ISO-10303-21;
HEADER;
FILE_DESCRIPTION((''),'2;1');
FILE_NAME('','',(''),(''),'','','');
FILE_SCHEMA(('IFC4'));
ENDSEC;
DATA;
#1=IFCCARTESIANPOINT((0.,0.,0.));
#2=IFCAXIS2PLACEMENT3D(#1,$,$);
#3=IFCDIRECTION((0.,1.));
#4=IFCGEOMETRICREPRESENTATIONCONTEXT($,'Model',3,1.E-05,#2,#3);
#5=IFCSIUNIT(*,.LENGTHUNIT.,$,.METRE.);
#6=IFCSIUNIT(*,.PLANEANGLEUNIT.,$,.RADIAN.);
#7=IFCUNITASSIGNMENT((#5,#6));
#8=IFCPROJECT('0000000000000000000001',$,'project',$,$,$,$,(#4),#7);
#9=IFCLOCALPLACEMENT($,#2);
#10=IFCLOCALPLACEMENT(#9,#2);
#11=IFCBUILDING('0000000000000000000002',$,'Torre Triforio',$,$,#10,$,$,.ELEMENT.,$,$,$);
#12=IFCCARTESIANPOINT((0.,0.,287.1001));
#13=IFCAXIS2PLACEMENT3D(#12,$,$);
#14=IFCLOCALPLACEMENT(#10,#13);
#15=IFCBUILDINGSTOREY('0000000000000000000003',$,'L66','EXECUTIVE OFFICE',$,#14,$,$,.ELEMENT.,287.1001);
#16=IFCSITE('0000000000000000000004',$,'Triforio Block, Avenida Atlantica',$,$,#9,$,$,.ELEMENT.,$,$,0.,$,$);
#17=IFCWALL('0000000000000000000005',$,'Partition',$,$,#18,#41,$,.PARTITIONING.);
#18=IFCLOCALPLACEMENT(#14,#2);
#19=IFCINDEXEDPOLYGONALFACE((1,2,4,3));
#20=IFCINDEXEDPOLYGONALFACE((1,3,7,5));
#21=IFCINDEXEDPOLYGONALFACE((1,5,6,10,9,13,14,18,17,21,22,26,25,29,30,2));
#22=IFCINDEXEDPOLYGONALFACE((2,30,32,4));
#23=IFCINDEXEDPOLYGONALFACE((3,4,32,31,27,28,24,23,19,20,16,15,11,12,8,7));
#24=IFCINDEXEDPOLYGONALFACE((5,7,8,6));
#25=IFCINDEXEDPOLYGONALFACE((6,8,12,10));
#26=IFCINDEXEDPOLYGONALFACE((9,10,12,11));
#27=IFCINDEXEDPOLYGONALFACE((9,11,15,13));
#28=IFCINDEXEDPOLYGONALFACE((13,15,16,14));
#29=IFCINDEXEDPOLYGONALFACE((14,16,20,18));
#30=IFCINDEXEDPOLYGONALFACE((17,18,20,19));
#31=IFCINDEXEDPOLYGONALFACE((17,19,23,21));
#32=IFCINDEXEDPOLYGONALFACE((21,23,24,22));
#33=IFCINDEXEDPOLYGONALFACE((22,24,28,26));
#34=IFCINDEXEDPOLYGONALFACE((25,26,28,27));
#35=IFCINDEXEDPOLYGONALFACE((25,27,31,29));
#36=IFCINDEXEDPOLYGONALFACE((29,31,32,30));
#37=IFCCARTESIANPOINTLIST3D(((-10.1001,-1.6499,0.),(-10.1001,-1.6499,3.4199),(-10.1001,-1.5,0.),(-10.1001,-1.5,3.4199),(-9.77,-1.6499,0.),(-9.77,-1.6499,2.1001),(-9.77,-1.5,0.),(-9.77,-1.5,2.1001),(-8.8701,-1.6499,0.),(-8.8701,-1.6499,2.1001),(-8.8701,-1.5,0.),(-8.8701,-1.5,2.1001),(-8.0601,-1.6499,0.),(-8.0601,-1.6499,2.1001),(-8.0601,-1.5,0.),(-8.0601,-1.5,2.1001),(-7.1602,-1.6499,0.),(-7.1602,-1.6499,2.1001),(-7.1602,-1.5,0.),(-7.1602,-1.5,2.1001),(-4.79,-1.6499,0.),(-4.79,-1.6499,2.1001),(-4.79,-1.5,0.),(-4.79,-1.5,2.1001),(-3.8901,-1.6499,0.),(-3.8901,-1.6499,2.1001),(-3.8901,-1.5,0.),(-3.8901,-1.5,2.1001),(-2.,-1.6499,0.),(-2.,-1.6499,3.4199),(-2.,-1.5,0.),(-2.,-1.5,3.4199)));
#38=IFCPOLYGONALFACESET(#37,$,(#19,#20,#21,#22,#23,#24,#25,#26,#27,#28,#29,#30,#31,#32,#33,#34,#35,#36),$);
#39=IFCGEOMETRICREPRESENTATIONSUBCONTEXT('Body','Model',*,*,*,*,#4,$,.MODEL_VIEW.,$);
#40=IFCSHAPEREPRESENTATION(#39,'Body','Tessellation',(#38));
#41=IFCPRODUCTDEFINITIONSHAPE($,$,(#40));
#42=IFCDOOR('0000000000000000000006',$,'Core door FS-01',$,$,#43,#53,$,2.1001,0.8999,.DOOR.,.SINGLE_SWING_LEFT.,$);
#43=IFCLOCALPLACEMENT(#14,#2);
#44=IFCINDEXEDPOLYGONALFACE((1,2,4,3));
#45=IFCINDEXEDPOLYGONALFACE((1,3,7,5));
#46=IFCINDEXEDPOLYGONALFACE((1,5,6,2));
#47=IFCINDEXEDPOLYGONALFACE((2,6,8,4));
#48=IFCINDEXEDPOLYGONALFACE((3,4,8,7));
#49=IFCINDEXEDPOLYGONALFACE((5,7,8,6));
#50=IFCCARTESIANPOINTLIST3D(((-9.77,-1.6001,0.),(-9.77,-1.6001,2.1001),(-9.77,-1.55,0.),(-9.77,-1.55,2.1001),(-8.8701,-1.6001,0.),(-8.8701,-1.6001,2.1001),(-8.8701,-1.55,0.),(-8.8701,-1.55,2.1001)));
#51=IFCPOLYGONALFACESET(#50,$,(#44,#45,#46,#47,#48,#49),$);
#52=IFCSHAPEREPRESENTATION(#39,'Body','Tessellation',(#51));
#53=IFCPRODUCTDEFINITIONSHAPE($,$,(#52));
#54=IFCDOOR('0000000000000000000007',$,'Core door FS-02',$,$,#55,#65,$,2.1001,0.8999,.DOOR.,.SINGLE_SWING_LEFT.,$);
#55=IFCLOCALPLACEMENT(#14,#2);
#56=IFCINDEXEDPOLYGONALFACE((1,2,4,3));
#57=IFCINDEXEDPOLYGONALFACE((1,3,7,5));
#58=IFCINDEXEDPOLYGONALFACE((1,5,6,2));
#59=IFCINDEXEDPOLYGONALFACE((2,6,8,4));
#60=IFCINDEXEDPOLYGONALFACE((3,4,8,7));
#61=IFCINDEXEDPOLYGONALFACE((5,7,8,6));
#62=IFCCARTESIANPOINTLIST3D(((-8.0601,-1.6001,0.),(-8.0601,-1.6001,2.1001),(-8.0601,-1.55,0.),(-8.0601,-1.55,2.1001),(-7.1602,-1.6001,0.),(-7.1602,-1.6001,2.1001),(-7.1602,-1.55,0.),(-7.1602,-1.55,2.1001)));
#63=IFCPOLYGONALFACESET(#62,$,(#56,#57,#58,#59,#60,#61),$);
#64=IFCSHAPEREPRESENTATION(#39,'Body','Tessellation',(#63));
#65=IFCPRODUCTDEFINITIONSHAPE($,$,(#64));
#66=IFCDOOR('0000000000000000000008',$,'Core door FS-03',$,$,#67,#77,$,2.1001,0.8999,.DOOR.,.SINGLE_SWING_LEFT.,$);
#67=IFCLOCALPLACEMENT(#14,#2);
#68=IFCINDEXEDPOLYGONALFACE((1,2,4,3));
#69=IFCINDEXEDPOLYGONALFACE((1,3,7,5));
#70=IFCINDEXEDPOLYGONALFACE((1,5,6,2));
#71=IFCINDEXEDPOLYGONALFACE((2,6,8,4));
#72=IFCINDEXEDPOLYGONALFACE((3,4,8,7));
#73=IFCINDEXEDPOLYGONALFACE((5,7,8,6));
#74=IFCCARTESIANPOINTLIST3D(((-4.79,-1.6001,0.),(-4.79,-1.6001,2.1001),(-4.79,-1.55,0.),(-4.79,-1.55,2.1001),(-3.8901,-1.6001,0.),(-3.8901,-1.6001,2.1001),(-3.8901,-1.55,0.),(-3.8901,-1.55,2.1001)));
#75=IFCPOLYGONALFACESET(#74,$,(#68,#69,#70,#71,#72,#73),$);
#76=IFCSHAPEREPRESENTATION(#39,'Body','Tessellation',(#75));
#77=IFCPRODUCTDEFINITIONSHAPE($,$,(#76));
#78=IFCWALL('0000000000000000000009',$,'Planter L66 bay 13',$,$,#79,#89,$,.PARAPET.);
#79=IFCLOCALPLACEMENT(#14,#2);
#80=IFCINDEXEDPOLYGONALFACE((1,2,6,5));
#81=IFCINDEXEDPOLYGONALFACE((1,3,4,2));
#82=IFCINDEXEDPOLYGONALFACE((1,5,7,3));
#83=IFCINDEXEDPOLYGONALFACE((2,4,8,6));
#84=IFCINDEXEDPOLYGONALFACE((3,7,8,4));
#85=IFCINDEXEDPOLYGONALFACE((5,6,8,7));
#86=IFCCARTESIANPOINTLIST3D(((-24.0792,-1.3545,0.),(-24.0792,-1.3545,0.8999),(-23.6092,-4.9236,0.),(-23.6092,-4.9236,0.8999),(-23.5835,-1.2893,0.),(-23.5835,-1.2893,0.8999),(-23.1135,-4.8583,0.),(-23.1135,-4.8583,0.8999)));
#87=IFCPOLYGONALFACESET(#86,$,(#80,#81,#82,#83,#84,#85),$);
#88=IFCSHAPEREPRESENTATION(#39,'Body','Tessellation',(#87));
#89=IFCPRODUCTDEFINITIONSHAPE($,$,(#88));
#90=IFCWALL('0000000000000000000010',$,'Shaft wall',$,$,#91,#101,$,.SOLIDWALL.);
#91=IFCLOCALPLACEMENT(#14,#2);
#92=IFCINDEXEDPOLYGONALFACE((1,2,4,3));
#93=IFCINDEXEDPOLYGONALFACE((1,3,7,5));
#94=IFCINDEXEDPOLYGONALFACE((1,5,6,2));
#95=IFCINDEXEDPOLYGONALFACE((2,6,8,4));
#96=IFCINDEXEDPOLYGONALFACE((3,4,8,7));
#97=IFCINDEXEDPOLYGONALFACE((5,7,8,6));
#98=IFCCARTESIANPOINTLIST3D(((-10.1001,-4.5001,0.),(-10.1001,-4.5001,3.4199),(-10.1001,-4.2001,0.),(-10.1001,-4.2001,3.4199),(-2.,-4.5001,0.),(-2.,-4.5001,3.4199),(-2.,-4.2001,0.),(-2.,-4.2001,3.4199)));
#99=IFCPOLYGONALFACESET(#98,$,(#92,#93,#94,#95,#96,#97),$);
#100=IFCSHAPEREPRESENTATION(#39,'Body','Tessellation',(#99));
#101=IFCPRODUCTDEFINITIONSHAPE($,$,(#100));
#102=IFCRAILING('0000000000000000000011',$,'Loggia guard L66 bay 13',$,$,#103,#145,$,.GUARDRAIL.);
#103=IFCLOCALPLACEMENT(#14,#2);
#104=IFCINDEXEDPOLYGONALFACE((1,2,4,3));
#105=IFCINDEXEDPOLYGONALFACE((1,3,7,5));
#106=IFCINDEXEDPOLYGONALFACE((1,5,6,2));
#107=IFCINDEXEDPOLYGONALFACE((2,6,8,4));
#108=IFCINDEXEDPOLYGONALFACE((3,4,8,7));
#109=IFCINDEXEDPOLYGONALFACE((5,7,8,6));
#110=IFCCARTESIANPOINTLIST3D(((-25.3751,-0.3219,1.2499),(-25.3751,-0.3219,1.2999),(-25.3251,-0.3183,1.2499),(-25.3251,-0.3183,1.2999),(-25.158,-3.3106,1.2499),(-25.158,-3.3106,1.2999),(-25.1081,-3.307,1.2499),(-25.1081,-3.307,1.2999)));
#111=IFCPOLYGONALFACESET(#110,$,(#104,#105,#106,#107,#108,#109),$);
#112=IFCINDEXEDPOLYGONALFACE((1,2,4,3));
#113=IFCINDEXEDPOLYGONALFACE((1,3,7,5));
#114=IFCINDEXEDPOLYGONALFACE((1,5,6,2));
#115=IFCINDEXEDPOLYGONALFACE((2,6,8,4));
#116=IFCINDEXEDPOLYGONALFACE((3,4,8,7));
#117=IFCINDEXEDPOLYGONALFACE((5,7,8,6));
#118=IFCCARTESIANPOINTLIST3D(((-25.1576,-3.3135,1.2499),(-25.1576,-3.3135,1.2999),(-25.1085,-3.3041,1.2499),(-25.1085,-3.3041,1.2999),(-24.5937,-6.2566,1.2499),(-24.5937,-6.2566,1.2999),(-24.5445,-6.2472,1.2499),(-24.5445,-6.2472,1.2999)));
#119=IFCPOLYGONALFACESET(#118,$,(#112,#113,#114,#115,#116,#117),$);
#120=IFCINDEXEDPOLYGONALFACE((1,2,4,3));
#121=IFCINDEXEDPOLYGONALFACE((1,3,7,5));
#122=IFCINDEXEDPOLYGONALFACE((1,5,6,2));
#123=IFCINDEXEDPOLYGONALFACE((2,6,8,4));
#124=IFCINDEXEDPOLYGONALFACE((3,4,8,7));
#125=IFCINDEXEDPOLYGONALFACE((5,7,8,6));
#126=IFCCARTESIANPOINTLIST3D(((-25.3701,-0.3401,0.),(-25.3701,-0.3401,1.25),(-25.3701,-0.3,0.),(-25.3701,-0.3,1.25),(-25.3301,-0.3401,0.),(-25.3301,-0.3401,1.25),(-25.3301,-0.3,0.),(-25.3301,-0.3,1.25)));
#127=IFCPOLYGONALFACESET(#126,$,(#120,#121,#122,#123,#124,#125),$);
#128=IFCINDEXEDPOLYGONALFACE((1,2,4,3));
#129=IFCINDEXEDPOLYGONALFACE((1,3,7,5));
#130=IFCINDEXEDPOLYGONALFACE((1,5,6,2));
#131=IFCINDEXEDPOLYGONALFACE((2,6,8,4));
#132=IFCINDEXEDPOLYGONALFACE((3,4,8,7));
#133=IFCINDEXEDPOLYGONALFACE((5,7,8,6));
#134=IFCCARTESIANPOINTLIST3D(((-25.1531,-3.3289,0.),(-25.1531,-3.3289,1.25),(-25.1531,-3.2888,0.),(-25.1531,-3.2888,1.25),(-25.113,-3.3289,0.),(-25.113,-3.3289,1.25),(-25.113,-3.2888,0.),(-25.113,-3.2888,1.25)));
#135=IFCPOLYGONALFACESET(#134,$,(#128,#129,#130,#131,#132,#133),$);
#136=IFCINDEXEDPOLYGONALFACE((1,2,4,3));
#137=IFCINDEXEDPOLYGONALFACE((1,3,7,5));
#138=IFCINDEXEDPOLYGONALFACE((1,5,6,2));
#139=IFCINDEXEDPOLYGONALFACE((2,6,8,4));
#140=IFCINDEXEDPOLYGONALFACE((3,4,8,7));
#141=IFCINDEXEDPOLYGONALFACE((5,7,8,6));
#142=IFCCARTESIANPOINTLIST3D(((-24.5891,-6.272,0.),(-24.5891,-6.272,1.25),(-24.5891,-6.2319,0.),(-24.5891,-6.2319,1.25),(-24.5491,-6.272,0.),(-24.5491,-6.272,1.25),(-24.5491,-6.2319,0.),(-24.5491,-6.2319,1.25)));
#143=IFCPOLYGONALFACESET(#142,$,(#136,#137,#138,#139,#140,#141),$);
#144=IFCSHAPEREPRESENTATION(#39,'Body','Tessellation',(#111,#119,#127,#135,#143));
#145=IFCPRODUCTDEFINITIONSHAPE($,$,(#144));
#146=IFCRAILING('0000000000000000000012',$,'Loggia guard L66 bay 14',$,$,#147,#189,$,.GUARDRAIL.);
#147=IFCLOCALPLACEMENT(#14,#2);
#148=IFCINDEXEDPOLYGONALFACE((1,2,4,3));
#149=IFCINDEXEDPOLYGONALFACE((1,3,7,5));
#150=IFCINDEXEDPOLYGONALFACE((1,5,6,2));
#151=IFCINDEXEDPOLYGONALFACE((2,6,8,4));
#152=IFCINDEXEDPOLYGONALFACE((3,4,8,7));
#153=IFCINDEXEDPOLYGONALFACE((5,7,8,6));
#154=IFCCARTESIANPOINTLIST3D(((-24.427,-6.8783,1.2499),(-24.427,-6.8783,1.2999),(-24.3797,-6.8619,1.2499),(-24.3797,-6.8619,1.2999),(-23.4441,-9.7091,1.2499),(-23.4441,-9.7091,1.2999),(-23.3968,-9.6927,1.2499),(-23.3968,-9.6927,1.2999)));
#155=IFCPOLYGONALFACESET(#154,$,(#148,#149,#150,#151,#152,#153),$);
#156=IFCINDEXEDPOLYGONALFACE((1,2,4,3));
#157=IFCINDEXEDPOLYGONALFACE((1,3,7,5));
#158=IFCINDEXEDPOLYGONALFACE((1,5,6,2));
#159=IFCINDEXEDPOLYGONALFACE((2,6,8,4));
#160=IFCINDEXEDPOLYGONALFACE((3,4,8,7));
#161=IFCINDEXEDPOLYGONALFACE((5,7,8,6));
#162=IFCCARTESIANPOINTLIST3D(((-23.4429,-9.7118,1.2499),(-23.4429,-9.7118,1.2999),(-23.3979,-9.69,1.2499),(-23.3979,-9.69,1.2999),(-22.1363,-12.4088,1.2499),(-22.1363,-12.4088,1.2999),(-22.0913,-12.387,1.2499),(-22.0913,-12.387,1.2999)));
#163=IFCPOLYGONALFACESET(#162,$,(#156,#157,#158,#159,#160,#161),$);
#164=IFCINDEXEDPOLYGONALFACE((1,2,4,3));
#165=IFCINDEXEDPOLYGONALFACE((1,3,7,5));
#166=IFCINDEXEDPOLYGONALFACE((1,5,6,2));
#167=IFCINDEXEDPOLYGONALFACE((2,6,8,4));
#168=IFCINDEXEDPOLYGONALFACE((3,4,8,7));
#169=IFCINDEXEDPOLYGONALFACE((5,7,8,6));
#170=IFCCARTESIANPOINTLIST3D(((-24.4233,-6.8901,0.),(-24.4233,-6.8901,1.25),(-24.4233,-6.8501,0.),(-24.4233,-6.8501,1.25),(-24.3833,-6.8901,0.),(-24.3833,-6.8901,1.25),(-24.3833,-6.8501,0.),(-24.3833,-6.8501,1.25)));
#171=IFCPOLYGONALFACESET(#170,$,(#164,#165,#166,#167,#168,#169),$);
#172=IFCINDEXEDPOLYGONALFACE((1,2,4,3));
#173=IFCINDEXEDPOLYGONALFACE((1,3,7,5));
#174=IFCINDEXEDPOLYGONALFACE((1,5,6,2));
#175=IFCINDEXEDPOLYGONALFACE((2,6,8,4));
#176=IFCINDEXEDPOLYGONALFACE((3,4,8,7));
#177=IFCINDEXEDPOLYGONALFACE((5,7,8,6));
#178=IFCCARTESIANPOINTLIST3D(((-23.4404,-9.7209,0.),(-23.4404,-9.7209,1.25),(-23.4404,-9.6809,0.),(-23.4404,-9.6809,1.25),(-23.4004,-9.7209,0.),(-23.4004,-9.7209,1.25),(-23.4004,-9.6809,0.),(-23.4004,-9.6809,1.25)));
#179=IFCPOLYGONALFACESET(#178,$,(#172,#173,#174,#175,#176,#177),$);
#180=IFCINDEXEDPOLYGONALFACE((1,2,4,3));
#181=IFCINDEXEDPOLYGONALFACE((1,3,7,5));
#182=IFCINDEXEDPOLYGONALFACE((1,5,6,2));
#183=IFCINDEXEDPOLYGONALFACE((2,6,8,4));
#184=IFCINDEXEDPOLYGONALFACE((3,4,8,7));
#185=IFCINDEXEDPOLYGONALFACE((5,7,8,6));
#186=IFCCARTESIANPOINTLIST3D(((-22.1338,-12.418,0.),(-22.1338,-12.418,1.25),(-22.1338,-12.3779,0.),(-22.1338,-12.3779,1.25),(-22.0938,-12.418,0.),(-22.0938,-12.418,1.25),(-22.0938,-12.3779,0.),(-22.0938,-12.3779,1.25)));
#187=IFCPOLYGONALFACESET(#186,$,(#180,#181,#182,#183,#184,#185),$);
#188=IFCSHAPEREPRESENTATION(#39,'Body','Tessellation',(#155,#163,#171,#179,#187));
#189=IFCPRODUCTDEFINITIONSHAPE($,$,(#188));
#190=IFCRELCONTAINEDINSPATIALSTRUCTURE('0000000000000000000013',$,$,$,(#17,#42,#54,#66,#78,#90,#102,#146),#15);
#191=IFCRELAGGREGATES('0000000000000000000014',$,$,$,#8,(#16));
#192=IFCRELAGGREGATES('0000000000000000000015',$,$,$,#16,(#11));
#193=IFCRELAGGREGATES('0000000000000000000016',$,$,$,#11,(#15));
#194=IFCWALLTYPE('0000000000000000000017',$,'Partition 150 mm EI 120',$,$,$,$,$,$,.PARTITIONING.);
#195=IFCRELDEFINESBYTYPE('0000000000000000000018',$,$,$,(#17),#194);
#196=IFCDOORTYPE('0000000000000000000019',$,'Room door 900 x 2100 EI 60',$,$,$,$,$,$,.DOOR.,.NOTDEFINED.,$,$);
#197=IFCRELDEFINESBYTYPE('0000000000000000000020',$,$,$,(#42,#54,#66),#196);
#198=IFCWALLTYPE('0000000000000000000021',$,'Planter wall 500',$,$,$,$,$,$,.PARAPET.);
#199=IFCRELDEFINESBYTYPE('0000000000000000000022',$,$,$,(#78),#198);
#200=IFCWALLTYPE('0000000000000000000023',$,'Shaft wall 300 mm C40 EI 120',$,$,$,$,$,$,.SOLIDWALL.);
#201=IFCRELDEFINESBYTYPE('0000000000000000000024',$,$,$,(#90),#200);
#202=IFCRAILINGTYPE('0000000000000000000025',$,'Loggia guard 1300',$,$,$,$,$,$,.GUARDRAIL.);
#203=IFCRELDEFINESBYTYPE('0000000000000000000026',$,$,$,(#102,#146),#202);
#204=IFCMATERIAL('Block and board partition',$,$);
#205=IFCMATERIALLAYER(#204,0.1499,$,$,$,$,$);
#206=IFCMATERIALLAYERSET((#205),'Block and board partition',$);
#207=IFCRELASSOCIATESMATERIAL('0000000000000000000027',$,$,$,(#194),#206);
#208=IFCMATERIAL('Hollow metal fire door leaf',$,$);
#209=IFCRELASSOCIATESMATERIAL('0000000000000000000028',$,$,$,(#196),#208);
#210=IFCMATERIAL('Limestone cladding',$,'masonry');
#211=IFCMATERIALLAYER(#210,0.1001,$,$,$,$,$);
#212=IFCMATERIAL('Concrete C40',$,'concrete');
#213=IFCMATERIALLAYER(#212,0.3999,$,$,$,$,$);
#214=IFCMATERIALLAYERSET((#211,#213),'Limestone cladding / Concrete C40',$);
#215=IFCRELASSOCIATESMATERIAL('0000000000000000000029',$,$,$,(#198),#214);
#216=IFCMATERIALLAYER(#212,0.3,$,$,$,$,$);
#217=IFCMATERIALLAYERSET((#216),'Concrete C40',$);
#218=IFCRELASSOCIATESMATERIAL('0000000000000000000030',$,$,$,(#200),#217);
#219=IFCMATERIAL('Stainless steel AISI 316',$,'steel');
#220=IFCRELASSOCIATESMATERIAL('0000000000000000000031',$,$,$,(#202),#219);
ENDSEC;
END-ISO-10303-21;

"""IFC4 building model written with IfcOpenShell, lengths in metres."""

from ifc_helpers import new_model, si_unit, direction, frame, frame_2d, origin, origin_2d, place, context, subcontext, project, spatial, rectangle, extrude, material, layer, layer_set, type_object, element, fill, save


model = new_model("IFC4")

# Units and contexts
model_context = context("Model", 3, precision=1e-05, world=origin(), true_north=direction((0.0, 1.0)))
body_context = subcontext(model_context, "Body", "Model", "MODEL_VIEW")
ifc_project = project(units=[si_unit("LENGTHUNIT", "METRE"), si_unit("PLANEANGLEUNIT", "RADIAN")], contexts=[model_context])

# Site, building, storey
site_placement = place(None, origin())
site = spatial("IfcSite", under=ifc_project, at=site_placement, Name="Triforio Block, Avenida Atlantica", CompositionType="ELEMENT", RefElevation=0.0)
building_placement = place(site_placement, origin())
building = spatial("IfcBuilding", under=site, at=building_placement, Name="Torre Triforio", CompositionType="ELEMENT")
storey_placement = place(building_placement, frame((0.0, 0.0, 287.1001)))
storey = spatial("IfcBuildingStorey", under=building, at=storey_placement, Name="L66", Description="EXECUTIVE OFFICE", CompositionType="ELEMENT", Elevation=287.1001)

# Shared definitions
ifc_material_1 = material(Name="Concrete C40", Category="concrete")

# Shared definitions
ifc_material_2 = material(Name="Hollow metal fire door leaf")

# Wall, openings, doors
ifc_material_3 = material(Name="Block and board partition")
ifc_layer_1 = layer(ifc_material_3, 0.1499)
ifc_layer_set_1 = layer_set([ifc_layer_1], Name="Block and board partition")
wall_type_1 = type_object("IfcWallType", Name="Partition 150 mm EI 120", PredefinedType="PARTITIONING", material=ifc_layer_set_1)
wall_1_placement = place(storey_placement, frame((-10.1001, -1.575, 0.0), z_axis=(0.0, 0.0, 1.0), x_axis=(1.0, 0.0, 0.0)))
wall_1 = element("IfcWall", 1, at=wall_1_placement, inside=storey, type_object=wall_type_1, Name="Partition", PredefinedType="PARTITIONING", context=body_context, shape_type="SweptSolid", body=[
    extrude(rectangle(XDim=8.1001, YDim=0.1499, at=frame_2d((4.05, 0.0))), origin(), (0.0, 0.0, 1.0), 3.4199),
])
opening_1_placement = place(wall_1_placement, frame((0.3301, 0.0, 0.0)))
opening_1 = element("IfcOpeningElement", 2, at=opening_1_placement, cuts=wall_1, PredefinedType="OPENING", context=body_context, shape_type="SweptSolid", body=[
    extrude(rectangle(XDim=0.8999, YDim=2.1001, at=frame_2d((0.45, 1.05))), frame((0.0, 0.085, 0.0), z_axis=(0.0, -1.0, 0.0), x_axis=(1.0, 0.0, 0.0)), (0.0, 0.0, 1.0), 0.1699),
])
opening_2_placement = place(wall_1_placement, frame((2.04, 0.0, 0.0)))
opening_2 = element("IfcOpeningElement", 3, at=opening_2_placement, cuts=wall_1, PredefinedType="OPENING", context=body_context, shape_type="SweptSolid", body=[
    extrude(rectangle(XDim=0.8999, YDim=2.1001, at=frame_2d((0.45, 1.05))), frame((0.0, 0.085, 0.0), z_axis=(0.0, -1.0, 0.0), x_axis=(1.0, 0.0, 0.0)), (0.0, 0.0, 1.0), 0.1699),
])
opening_3_placement = place(wall_1_placement, frame((5.3101, 0.0, 0.0)))
opening_3 = element("IfcOpeningElement", 4, at=opening_3_placement, cuts=wall_1, PredefinedType="OPENING", context=body_context, shape_type="SweptSolid", body=[
    extrude(rectangle(XDim=0.8999, YDim=2.1001, at=frame_2d((0.45, 1.05))), frame((0.0, 0.085, 0.0), z_axis=(0.0, -1.0, 0.0), x_axis=(1.0, 0.0, 0.0)), (0.0, 0.0, 1.0), 0.1699),
])
door_type_1 = type_object("IfcDoorType", Name="Room door 900 x 2100 EI 60", OperationType="NOTDEFINED", PredefinedType="DOOR", material=ifc_material_2)
door_1_placement = place(opening_1_placement, origin())
door_1 = element("IfcDoor", 5, at=door_1_placement, inside=storey, type_object=door_type_1, Name="Core door FS-01", OperationType="SINGLE_SWING_LEFT", OverallHeight=2.1001, OverallWidth=0.8999, PredefinedType="DOOR", context=body_context, shape_type="SweptSolid", body=[
    extrude(rectangle(XDim=0.8999, YDim=2.1001, at=frame_2d((0.45, 1.05))), frame((0.0, 0.0249, 0.0), z_axis=(0.0, -1.0, 0.0), x_axis=(1.0, 0.0, 0.0)), (0.0, 0.0, 1.0), 0.05),
])
fill(opening_1, door_1)
door_2_placement = place(opening_2_placement, origin())
door_2 = element("IfcDoor", 6, at=door_2_placement, inside=storey, type_object=door_type_1, Name="Core door FS-02", OperationType="SINGLE_SWING_LEFT", OverallHeight=2.1001, OverallWidth=0.8999, PredefinedType="DOOR", context=body_context, shape_type="SweptSolid", body=[
    extrude(rectangle(XDim=0.8999, YDim=2.1001, at=frame_2d((0.45, 1.05))), frame((0.0, 0.0249, 0.0), z_axis=(0.0, -1.0, 0.0), x_axis=(1.0, 0.0, 0.0)), (0.0, 0.0, 1.0), 0.05),
])
fill(opening_2, door_2)
door_3_placement = place(opening_3_placement, origin())
door_3 = element("IfcDoor", 7, at=door_3_placement, inside=storey, type_object=door_type_1, Name="Core door FS-03", OperationType="SINGLE_SWING_LEFT", OverallHeight=2.1001, OverallWidth=0.8999, PredefinedType="DOOR", context=body_context, shape_type="SweptSolid", body=[
    extrude(rectangle(XDim=0.8999, YDim=2.1001, at=frame_2d((0.45, 1.05))), frame((0.0, 0.0249, 0.0), z_axis=(0.0, -1.0, 0.0), x_axis=(1.0, 0.0, 0.0)), (0.0, 0.0, 1.0), 0.05),
])
fill(opening_3, door_3)

# Walls
ifc_material_4 = material(Name="Limestone cladding", Category="masonry")
ifc_layer_2 = layer(ifc_material_4, 0.1001)
ifc_layer_3 = layer(ifc_material_1, 0.3999)
ifc_layer_set_2 = layer_set([ifc_layer_2, ifc_layer_3], Name="Limestone cladding / Concrete C40")
wall_type_2 = type_object("IfcWallType", Name="Planter wall 500", PredefinedType="PARAPET", material=ifc_layer_set_2)
wall_2_placement = place(storey_placement, frame((-23.8313, -1.322, 0.0), z_axis=(0.0, 0.0, 1.0), x_axis=(0.130551, -0.991442, 0.0)))
element("IfcWall", 8, at=wall_2_placement, inside=storey, type_object=wall_type_2, Name="Planter L66 bay 13", PredefinedType="PARAPET", context=body_context, shape_type="SweptSolid", body=[
    extrude(rectangle(XDim=3.5999, YDim=0.5, at=frame_2d((1.7998, 0.0))), origin(), (0.0, 0.0, 1.0), 0.8999),
])
ifc_layer_4 = layer(ifc_material_1, 0.3)
ifc_layer_set_3 = layer_set([ifc_layer_4], Name="Concrete C40")
wall_type_3 = type_object("IfcWallType", Name="Shaft wall 300 mm C40 EI 120", PredefinedType="SOLIDWALL", material=ifc_layer_set_3)
wall_3_placement = place(storey_placement, frame((-10.1001, -4.3501, 0.0), z_axis=(0.0, 0.0, 1.0), x_axis=(1.0, 0.0, 0.0)))
element("IfcWall", 9, at=wall_3_placement, inside=storey, type_object=wall_type_3, Name="Shaft wall", PredefinedType="SOLIDWALL", context=body_context, shape_type="SweptSolid", body=[
    extrude(rectangle(XDim=8.1001, YDim=0.3, at=frame_2d((4.05, 0.0))), origin(), (0.0, 0.0, 1.0), 3.4199),
])

# Railings
ifc_material_5 = material(Name="Stainless steel AISI 316", Category="steel")
railing_type = type_object("IfcRailingType", Name="Loggia guard 1300", PredefinedType="GUARDRAIL", material=ifc_material_5)
railing_1_placement = place(storey_placement, frame((-25.3501, -0.3201, 0.0)))
element("IfcRailing", 10, at=railing_1_placement, inside=storey, type_object=railing_type, Name="Loggia guard L66 bay 13", PredefinedType="GUARDRAIL", context=body_context, shape_type="SweptSolid", body=[
    extrude(rectangle(XDim=0.05, YDim=0.05, at=origin_2d()), frame((0.0, 0.0, 1.2749), z_axis=(0.072428, -0.997374, 0.0), x_axis=(0.997374, 0.072428, 0.0)), (0.0, 0.0, 1.0), 2.9966),
    extrude(rectangle(XDim=0.05, YDim=0.05, at=origin_2d()), frame((0.217, -2.9888, 1.2749), z_axis=(0.188198, -0.982131, 0.0), x_axis=(0.982131, 0.188198, 0.0)), (0.0, 0.0, 1.0), 2.9966),
    extrude(rectangle(XDim=0.04, YDim=0.04, at=origin_2d()), origin(), (0.0, 0.0, 1.0), 1.25),
    extrude(rectangle(XDim=0.04, YDim=0.04, at=origin_2d()), frame((0.217, -2.9888, 0.0)), (0.0, 0.0, 1.0), 1.25),
    extrude(rectangle(XDim=0.04, YDim=0.04, at=origin_2d()), frame((0.781, -5.9319, 0.0)), (0.0, 0.0, 1.0), 1.25),
])
railing_2_placement = place(storey_placement, frame((-24.4033, -6.8701, 0.0)))
element("IfcRailing", 11, at=railing_2_placement, inside=storey, type_object=railing_type, Name="Loggia guard L66 bay 14", PredefinedType="GUARDRAIL", context=body_context, shape_type="SweptSolid", body=[
    extrude(rectangle(XDim=0.05, YDim=0.05, at=origin_2d()), frame((0.0, 0.0, 1.2749), z_axis=(0.328009, -0.944675, 0.0), x_axis=(0.944675, 0.328009, 0.0)), (0.0, 0.0, 1.0), 2.9966),
    extrude(rectangle(XDim=0.05, YDim=0.05, at=origin_2d()), frame((0.9829, -2.8308, 1.2749), z_axis=(0.436002, -0.899946, 0.0), x_axis=(0.899946, 0.436002, 0.0)), (0.0, 0.0, 1.0), 2.9968),
    extrude(rectangle(XDim=0.04, YDim=0.04, at=origin_2d()), origin(), (0.0, 0.0, 1.0), 1.25),
    extrude(rectangle(XDim=0.04, YDim=0.04, at=origin_2d()), frame((0.9829, -2.8308, 0.0)), (0.0, 0.0, 1.0), 1.25),
    extrude(rectangle(XDim=0.04, YDim=0.04, at=origin_2d()), frame((2.2896, -5.5278, 0.0)), (0.0, 0.0, 1.0), 1.25),
])

save(model, "model.ifc")
